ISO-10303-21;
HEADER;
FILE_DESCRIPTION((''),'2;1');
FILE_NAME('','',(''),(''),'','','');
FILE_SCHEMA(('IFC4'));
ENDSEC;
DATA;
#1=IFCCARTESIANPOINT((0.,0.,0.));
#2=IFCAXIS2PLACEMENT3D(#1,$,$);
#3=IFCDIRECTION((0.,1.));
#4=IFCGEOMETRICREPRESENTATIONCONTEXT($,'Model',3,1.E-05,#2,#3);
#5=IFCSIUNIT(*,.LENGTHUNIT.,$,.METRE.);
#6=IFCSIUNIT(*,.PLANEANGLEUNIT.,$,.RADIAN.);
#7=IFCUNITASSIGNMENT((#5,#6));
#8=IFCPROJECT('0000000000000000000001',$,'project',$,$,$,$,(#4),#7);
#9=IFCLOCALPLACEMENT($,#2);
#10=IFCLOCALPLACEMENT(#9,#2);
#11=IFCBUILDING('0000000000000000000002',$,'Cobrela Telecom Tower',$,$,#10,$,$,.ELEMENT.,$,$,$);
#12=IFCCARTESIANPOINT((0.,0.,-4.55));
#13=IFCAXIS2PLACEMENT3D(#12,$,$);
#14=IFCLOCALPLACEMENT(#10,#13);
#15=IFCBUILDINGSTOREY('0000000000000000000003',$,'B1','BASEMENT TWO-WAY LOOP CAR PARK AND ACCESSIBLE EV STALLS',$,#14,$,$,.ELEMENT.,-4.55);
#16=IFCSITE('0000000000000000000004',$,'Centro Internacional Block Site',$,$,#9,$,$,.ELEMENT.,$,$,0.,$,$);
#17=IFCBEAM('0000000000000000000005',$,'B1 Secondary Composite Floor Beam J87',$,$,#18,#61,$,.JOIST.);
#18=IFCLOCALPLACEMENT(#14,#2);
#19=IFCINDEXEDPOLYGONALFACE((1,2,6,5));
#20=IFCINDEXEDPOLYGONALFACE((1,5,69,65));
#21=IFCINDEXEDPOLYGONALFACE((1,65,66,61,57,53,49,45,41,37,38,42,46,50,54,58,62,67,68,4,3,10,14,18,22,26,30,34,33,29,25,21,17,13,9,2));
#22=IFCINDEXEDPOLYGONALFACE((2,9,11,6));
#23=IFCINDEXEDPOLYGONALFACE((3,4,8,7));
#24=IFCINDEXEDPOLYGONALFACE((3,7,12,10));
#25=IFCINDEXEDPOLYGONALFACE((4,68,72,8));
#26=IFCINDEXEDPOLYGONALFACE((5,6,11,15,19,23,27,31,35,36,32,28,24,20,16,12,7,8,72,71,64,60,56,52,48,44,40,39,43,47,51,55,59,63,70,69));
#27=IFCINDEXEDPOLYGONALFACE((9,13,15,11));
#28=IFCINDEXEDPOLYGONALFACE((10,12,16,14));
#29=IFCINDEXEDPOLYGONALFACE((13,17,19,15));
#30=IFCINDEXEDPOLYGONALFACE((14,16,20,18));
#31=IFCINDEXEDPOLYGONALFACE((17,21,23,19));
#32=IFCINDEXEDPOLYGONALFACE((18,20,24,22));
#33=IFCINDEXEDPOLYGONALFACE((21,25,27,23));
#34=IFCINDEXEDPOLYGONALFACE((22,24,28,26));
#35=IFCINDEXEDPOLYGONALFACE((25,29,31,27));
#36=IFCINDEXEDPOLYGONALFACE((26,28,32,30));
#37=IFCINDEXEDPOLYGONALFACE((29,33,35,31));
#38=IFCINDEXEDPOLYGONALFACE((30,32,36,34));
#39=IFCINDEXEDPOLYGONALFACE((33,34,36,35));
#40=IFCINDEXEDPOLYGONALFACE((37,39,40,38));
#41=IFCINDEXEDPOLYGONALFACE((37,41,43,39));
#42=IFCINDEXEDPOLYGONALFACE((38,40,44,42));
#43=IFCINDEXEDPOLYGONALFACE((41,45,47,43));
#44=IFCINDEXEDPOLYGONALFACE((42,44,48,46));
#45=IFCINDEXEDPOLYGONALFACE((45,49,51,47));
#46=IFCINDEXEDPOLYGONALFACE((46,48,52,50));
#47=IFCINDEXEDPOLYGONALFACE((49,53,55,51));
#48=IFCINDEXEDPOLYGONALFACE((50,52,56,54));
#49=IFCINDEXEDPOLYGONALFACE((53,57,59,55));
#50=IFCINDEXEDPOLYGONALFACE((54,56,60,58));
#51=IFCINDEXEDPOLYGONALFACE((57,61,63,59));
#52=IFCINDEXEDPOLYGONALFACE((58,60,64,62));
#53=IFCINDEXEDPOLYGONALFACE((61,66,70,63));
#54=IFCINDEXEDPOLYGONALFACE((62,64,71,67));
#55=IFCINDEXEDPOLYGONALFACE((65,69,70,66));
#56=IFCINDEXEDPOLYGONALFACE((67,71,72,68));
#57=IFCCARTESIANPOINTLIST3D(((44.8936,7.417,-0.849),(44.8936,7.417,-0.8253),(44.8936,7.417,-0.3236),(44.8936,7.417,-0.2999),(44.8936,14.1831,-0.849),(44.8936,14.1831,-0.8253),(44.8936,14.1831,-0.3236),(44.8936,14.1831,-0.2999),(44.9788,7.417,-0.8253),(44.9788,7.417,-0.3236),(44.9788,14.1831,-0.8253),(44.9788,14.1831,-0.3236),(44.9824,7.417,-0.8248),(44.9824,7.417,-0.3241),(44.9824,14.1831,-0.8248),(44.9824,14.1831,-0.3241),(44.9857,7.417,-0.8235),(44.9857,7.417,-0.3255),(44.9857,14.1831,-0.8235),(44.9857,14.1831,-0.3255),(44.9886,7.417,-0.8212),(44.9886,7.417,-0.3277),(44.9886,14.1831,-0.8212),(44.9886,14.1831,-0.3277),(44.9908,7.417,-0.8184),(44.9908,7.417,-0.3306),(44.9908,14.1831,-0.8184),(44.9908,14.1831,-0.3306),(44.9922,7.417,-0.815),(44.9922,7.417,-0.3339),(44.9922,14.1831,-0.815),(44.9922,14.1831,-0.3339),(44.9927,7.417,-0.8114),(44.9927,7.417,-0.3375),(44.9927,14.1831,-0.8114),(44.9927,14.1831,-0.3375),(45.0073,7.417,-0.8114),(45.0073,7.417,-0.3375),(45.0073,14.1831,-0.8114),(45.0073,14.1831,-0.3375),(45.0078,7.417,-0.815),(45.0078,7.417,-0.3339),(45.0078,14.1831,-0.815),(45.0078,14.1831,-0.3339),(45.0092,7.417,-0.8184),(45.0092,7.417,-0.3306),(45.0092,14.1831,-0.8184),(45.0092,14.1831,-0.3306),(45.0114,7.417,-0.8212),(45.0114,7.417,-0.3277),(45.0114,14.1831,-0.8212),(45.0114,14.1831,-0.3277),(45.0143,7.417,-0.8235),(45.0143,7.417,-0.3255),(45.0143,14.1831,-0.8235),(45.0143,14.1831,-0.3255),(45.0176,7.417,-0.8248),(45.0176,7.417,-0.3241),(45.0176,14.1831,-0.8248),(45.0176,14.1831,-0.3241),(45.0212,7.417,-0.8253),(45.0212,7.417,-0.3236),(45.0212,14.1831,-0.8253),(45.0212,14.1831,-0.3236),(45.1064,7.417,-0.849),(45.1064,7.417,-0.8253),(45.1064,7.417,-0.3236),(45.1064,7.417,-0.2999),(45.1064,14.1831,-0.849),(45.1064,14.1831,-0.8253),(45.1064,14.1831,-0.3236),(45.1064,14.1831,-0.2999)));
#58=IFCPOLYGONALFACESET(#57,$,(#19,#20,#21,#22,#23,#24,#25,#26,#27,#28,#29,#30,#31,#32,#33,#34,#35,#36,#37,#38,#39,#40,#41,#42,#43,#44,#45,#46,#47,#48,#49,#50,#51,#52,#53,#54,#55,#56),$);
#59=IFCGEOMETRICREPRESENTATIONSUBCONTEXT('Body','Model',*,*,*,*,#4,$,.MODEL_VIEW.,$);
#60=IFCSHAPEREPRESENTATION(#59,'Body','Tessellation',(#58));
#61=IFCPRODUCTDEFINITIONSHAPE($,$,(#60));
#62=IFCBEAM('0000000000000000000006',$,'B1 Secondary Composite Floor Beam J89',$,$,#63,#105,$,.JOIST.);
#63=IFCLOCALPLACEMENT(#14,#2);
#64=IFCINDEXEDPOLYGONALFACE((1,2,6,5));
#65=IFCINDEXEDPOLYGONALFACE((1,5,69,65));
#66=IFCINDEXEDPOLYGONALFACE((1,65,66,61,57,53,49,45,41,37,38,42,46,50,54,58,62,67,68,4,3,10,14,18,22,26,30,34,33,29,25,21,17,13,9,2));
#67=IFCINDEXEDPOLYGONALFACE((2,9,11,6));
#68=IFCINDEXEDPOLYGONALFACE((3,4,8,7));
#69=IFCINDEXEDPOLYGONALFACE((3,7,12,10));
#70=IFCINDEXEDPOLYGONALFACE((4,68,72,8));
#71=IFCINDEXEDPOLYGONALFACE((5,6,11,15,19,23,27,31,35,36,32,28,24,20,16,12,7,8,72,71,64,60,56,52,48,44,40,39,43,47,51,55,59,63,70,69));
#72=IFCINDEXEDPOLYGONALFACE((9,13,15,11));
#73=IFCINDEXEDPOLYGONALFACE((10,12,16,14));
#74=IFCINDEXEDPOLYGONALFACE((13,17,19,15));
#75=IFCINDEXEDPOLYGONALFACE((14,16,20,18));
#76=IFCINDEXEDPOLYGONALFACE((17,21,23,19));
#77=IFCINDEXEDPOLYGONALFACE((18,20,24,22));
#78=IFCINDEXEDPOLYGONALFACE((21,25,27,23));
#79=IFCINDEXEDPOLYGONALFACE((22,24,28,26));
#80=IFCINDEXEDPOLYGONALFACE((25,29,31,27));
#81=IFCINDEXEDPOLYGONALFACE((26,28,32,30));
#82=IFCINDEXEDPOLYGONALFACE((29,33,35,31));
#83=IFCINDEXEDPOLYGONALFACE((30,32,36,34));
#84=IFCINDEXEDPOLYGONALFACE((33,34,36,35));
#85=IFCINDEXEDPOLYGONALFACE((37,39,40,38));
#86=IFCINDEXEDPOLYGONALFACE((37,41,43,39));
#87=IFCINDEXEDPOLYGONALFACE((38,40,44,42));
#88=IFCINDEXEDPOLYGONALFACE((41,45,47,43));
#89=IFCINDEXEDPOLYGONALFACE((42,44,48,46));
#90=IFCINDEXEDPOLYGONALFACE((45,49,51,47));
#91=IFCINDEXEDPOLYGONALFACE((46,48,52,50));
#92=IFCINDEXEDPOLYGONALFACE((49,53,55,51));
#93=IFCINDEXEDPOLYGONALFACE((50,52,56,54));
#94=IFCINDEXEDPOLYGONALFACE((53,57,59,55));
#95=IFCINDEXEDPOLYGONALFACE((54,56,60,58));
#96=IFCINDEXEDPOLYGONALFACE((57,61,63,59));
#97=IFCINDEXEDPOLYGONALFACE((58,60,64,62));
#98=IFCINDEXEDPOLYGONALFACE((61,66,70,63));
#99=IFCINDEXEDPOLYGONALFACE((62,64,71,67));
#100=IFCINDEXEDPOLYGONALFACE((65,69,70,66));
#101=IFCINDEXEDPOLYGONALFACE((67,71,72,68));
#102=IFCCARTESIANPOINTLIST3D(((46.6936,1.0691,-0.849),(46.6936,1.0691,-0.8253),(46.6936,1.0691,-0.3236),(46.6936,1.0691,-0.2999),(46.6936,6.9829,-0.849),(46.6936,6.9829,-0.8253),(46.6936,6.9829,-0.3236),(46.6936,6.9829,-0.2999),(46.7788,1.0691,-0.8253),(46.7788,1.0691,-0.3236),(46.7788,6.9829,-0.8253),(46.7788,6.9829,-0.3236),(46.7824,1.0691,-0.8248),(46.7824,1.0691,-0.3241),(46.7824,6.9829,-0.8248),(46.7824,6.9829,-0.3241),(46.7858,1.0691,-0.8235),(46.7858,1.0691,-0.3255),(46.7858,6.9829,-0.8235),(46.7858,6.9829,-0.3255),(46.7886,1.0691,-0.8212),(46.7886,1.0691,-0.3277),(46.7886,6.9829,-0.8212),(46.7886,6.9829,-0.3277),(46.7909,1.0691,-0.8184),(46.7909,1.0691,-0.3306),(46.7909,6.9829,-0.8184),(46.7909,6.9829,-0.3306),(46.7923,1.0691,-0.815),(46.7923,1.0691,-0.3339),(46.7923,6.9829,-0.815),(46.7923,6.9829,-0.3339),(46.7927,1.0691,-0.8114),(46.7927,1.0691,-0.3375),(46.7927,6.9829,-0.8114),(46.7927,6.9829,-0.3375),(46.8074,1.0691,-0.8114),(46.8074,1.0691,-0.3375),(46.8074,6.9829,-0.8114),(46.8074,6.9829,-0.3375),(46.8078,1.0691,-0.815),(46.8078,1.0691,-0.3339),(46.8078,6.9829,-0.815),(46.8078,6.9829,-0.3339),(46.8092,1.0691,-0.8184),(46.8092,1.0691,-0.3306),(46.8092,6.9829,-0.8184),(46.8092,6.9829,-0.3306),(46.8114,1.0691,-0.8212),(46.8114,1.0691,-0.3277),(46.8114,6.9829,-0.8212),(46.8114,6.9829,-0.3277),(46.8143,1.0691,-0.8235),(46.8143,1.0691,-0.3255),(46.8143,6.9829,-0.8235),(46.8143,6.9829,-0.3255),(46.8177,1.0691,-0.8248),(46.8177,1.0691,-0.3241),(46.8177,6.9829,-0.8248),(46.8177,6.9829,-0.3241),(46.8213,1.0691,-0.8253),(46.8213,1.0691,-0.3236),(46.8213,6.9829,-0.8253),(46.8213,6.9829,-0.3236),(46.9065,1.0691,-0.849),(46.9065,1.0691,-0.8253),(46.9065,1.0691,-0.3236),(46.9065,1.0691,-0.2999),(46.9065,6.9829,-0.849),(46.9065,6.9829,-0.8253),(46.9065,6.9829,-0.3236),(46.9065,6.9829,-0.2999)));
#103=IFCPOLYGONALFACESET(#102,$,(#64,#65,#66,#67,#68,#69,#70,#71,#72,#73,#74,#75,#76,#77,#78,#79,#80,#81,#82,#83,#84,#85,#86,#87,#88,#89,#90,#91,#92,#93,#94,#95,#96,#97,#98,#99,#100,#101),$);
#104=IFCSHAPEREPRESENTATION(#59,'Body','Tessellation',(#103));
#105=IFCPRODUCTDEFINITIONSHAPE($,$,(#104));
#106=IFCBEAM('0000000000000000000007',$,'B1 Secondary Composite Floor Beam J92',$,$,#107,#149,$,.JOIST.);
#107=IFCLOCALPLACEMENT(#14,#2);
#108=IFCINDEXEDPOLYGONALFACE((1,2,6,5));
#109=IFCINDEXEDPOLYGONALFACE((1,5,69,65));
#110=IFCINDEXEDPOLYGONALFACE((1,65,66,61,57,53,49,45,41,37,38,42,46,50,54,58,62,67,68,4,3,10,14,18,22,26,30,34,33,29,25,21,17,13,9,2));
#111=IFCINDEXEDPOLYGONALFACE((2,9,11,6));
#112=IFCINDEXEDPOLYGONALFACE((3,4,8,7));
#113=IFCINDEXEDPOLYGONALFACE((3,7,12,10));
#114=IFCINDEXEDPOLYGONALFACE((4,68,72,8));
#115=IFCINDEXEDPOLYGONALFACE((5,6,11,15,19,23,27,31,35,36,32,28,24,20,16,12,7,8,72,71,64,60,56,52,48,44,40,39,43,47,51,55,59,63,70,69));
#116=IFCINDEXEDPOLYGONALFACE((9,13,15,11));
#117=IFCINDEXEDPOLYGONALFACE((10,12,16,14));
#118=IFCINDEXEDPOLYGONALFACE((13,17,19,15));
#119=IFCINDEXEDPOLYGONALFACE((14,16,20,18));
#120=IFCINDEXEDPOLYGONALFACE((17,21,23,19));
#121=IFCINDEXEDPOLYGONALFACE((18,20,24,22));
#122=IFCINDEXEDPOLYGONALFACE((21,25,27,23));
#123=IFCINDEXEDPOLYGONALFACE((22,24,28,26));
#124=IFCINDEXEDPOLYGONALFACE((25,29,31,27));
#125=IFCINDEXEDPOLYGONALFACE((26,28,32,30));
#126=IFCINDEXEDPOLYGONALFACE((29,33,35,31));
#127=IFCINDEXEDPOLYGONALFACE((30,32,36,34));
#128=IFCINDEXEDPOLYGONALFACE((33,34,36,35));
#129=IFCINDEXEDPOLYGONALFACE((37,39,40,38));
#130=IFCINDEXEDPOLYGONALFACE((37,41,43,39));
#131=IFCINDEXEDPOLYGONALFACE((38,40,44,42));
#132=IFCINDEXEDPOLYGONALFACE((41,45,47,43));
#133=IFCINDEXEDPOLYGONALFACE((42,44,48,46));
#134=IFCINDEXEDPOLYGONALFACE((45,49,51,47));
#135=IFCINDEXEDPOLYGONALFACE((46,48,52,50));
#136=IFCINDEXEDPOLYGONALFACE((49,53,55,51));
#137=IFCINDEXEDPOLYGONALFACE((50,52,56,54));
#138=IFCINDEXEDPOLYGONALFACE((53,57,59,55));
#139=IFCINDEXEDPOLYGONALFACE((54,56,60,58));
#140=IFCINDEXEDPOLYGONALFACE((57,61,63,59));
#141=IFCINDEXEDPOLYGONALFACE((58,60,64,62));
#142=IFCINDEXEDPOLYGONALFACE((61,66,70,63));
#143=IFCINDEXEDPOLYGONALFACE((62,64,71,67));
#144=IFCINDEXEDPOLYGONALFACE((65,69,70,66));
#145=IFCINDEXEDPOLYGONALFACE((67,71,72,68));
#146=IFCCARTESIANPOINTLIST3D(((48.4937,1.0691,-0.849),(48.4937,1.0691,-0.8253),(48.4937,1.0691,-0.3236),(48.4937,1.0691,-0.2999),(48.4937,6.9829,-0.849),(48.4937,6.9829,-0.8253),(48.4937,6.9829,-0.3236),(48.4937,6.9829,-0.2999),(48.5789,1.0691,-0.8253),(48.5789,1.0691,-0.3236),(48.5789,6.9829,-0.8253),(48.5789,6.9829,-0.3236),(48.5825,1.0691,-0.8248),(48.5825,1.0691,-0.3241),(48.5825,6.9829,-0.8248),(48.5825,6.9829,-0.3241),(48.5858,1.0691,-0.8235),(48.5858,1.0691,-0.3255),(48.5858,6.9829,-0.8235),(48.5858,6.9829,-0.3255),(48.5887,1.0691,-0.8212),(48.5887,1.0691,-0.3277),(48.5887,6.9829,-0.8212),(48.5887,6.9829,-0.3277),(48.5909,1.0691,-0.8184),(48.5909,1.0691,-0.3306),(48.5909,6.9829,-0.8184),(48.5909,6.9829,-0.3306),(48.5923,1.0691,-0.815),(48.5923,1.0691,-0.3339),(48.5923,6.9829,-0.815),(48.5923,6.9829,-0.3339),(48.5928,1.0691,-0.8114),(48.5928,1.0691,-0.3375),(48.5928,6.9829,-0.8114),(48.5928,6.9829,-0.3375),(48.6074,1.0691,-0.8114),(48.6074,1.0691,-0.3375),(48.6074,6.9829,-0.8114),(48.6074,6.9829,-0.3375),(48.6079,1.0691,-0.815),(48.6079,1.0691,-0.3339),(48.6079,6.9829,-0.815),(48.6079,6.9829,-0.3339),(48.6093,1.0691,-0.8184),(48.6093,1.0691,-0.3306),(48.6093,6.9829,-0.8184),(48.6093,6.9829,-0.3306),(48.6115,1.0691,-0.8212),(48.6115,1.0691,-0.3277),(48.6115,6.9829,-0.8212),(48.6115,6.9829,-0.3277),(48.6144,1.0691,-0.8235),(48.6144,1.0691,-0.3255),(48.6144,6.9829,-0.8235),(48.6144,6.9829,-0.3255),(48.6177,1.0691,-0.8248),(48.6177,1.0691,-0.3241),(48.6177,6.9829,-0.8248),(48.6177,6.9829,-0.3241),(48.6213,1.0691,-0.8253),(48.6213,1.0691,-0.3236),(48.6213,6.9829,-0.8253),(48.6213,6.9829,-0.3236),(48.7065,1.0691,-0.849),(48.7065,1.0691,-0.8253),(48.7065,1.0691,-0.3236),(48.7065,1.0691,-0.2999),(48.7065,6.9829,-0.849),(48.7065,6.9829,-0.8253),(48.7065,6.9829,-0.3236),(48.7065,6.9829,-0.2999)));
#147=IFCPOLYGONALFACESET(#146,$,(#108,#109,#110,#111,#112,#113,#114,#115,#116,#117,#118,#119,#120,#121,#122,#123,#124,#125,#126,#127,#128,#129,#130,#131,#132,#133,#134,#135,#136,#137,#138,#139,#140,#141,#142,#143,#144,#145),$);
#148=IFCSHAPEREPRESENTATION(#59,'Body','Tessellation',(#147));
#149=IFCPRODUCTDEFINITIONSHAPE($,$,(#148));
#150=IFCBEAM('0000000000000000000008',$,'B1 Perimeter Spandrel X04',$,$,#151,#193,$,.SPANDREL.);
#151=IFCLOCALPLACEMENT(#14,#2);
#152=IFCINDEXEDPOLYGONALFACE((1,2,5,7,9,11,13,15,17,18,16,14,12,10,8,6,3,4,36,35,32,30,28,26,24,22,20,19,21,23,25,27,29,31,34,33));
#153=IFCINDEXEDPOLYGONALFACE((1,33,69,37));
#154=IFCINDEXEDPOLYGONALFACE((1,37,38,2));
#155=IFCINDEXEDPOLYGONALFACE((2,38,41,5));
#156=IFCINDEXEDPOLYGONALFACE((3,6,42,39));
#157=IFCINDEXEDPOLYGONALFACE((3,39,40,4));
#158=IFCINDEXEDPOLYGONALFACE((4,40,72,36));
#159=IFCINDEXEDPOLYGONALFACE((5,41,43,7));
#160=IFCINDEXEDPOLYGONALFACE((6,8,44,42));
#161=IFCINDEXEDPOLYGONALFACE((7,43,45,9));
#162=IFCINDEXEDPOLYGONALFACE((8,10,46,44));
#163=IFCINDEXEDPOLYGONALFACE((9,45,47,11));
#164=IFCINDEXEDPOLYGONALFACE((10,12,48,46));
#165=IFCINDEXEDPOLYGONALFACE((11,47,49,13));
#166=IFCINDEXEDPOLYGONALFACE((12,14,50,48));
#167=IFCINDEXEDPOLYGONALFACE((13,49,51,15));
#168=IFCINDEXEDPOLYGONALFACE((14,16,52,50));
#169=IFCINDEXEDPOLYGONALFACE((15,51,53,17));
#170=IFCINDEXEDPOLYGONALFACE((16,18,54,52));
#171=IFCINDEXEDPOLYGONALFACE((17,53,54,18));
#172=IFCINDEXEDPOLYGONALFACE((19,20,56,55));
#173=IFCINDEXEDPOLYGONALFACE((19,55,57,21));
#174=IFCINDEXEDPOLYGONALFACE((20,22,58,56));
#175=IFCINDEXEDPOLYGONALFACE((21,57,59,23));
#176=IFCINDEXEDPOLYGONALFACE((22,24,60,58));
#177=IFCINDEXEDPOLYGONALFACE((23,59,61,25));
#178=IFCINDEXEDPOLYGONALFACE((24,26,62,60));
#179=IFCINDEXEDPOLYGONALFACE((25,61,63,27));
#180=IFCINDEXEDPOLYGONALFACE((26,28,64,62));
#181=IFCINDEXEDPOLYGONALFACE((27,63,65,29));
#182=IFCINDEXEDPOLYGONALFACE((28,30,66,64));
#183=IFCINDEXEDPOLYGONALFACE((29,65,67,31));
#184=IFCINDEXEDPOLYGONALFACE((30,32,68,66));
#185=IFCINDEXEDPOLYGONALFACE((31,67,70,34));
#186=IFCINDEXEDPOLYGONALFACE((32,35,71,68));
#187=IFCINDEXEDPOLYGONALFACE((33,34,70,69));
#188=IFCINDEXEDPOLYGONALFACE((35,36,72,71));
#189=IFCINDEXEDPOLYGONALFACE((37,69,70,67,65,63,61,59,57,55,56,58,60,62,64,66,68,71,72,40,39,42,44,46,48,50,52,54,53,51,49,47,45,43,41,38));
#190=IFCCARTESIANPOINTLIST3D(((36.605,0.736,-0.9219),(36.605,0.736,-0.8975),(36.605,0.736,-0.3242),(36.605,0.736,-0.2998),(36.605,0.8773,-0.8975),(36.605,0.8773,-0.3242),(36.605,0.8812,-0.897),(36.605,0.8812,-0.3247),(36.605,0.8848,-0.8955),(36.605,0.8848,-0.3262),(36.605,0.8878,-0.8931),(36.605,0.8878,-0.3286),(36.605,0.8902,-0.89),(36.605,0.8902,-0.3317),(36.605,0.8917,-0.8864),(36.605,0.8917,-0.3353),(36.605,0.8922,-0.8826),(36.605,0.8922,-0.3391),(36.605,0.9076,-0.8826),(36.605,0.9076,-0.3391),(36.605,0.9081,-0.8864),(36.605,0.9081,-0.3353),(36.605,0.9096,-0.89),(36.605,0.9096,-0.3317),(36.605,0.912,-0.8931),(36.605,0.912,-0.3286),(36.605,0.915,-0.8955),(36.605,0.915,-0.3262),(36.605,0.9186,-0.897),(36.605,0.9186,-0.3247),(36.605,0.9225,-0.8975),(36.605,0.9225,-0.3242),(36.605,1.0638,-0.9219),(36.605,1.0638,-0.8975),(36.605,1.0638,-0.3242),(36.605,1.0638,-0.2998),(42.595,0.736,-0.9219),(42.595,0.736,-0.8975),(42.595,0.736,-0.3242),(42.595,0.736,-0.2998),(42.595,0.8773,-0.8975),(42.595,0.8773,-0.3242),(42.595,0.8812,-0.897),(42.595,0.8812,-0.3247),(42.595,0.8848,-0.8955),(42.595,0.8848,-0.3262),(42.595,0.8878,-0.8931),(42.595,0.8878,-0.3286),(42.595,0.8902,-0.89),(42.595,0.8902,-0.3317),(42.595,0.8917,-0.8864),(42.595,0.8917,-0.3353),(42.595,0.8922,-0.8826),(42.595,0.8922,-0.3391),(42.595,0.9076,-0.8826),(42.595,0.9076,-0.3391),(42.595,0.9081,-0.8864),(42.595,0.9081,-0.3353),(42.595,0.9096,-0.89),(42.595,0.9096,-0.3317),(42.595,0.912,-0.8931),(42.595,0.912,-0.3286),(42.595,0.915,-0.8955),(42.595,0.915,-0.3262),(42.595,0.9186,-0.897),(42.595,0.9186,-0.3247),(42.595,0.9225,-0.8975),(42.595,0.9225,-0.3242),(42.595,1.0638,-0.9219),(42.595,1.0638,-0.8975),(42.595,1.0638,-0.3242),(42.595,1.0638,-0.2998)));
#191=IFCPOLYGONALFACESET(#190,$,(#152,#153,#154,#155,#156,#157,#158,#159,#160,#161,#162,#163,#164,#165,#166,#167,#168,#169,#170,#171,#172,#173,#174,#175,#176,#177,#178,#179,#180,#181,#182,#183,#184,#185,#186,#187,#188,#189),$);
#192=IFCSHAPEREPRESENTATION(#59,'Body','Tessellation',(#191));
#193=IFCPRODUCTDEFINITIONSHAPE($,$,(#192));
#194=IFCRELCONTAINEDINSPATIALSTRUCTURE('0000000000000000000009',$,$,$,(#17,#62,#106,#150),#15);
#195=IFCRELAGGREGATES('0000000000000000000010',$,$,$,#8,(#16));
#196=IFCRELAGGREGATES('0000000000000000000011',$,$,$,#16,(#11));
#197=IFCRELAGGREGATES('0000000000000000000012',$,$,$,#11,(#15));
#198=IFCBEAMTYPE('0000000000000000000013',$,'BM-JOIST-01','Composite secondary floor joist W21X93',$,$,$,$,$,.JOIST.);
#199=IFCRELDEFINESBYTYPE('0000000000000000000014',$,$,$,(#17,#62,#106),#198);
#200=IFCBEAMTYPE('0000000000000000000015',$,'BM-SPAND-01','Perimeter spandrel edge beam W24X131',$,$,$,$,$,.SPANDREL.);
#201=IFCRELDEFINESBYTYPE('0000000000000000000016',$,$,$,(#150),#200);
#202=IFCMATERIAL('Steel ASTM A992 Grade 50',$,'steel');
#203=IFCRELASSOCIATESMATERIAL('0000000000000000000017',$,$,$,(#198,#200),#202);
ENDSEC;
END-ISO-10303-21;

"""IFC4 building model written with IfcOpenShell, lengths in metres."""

from ifc_helpers import new_model, si_unit, direction, frame, origin, origin_2d, place, context, subcontext, project, spatial, i_section, extrude, material, material_profile, profile_set, type_object, element, save


model = new_model("IFC4")

# Units and contexts
model_context = context("Model", 3, precision=1e-05, world=origin(), true_north=direction((0.0, 1.0)))
body_context = subcontext(model_context, "Body", "Model", "MODEL_VIEW")
ifc_project = project(units=[si_unit("LENGTHUNIT", "METRE"), si_unit("PLANEANGLEUNIT", "RADIAN")], contexts=[model_context])

# Site, building, storey
site_placement = place(None, origin())
site = spatial("IfcSite", under=ifc_project, at=site_placement, Name="Centro Internacional Block Site", CompositionType="ELEMENT", RefElevation=0.0)
building_placement = place(site_placement, origin())
building = spatial("IfcBuilding", under=site, at=building_placement, Name="Cobrela Telecom Tower", CompositionType="ELEMENT")
storey_placement = place(building_placement, frame((0.0, 0.0, -4.55)))
storey = spatial("IfcBuildingStorey", under=building, at=storey_placement, Name="B1", Description="BASEMENT TWO-WAY LOOP CAR PARK AND ACCESSIBLE EV STALLS", CompositionType="ELEMENT", Elevation=-4.55)

# Beams
ifc_material_1 = material(Name="Steel ASTM A992 Grade 50", Category="steel")
ifc_material_profile_1 = material_profile(ifc_material_1, i_section(OverallWidth=0.2129, OverallDepth=0.5491, WebThickness=0.0146, FlangeThickness=0.0237, FilletRadius=0.0139, at=origin_2d()), Name="W21X93")
ifc_profile_set_1 = profile_set([ifc_material_profile_1], Name="Steel ASTM A992 Grade 50")
beam_type_1 = type_object("IfcBeamType", Name="BM-JOIST-01", Description="Composite secondary floor joist W21X93", PredefinedType="JOIST", material=ifc_profile_set_1)
beam_1_placement = place(storey_placement, frame((45.0, 7.417, -0.5745), z_axis=(0.0, 1.0, 0.0), x_axis=(-1.0, 0.0, 0.0)))
element("IfcBeam", 1, at=beam_1_placement, inside=storey, type_object=beam_type_1, Name="B1 Secondary Composite Floor Beam J87", PredefinedType="JOIST", context=body_context, shape_type="SweptSolid", body=[
    extrude(i_section(OverallWidth=0.2129, OverallDepth=0.5491, WebThickness=0.0146, FlangeThickness=0.0237, FilletRadius=0.0139, at=origin_2d()), origin(), (0.0, 0.0, 1.0), 6.7661),
])
for number, where, z_axis, x_axis, name in (
    (2, (46.8, 1.0691, -0.5745), (0.0, 1.0, 0.0), (-1.0, 0.0, 0.0), "B1 Secondary Composite Floor Beam J89"),
    (3, (48.6001, 1.0691, -0.5745), (0.0, 1.0, 0.0), (-1.0, 0.0, 0.0), "B1 Secondary Composite Floor Beam J92"),
):
    element("IfcBeam", number, at=place(storey_placement, frame(where, z_axis=z_axis, x_axis=x_axis)), inside=storey, type_object=beam_type_1, Name=name, PredefinedType="JOIST", context=body_context, shape_type="SweptSolid", body=[
        extrude(i_section(OverallWidth=0.2129, OverallDepth=0.5491, WebThickness=0.0146, FlangeThickness=0.0237, FilletRadius=0.0139, at=origin_2d()), origin(), (0.0, 0.0, 1.0), 5.9138),
    ])
ifc_material_profile_2 = material_profile(ifc_material_1, i_section(OverallWidth=0.3279, OverallDepth=0.6221, WebThickness=0.0154, FlangeThickness=0.0244, FilletRadius=0.0149, at=origin_2d()), Name="W24X131")
ifc_profile_set_2 = profile_set([ifc_material_profile_2], Name="Steel ASTM A992 Grade 50")
beam_type_2 = type_object("IfcBeamType", Name="BM-SPAND-01", Description="Perimeter spandrel edge beam W24X131", PredefinedType="SPANDREL", material=ifc_profile_set_2)
beam_2_placement = place(storey_placement, frame((36.605, 0.8999, -0.6108), z_axis=(1.0, 0.0, 0.0), x_axis=(0.0, 1.0, 0.0)))
element("IfcBeam", 4, at=beam_2_placement, inside=storey, type_object=beam_type_2, Name="B1 Perimeter Spandrel X04", PredefinedType="SPANDREL", context=body_context, shape_type="SweptSolid", body=[
    extrude(i_section(OverallWidth=0.3279, OverallDepth=0.6221, WebThickness=0.0154, FlangeThickness=0.0244, FilletRadius=0.0149, at=origin_2d()), origin(), (0.0, 0.0, 1.0), 5.99),
])

save(model, "model.ifc")
